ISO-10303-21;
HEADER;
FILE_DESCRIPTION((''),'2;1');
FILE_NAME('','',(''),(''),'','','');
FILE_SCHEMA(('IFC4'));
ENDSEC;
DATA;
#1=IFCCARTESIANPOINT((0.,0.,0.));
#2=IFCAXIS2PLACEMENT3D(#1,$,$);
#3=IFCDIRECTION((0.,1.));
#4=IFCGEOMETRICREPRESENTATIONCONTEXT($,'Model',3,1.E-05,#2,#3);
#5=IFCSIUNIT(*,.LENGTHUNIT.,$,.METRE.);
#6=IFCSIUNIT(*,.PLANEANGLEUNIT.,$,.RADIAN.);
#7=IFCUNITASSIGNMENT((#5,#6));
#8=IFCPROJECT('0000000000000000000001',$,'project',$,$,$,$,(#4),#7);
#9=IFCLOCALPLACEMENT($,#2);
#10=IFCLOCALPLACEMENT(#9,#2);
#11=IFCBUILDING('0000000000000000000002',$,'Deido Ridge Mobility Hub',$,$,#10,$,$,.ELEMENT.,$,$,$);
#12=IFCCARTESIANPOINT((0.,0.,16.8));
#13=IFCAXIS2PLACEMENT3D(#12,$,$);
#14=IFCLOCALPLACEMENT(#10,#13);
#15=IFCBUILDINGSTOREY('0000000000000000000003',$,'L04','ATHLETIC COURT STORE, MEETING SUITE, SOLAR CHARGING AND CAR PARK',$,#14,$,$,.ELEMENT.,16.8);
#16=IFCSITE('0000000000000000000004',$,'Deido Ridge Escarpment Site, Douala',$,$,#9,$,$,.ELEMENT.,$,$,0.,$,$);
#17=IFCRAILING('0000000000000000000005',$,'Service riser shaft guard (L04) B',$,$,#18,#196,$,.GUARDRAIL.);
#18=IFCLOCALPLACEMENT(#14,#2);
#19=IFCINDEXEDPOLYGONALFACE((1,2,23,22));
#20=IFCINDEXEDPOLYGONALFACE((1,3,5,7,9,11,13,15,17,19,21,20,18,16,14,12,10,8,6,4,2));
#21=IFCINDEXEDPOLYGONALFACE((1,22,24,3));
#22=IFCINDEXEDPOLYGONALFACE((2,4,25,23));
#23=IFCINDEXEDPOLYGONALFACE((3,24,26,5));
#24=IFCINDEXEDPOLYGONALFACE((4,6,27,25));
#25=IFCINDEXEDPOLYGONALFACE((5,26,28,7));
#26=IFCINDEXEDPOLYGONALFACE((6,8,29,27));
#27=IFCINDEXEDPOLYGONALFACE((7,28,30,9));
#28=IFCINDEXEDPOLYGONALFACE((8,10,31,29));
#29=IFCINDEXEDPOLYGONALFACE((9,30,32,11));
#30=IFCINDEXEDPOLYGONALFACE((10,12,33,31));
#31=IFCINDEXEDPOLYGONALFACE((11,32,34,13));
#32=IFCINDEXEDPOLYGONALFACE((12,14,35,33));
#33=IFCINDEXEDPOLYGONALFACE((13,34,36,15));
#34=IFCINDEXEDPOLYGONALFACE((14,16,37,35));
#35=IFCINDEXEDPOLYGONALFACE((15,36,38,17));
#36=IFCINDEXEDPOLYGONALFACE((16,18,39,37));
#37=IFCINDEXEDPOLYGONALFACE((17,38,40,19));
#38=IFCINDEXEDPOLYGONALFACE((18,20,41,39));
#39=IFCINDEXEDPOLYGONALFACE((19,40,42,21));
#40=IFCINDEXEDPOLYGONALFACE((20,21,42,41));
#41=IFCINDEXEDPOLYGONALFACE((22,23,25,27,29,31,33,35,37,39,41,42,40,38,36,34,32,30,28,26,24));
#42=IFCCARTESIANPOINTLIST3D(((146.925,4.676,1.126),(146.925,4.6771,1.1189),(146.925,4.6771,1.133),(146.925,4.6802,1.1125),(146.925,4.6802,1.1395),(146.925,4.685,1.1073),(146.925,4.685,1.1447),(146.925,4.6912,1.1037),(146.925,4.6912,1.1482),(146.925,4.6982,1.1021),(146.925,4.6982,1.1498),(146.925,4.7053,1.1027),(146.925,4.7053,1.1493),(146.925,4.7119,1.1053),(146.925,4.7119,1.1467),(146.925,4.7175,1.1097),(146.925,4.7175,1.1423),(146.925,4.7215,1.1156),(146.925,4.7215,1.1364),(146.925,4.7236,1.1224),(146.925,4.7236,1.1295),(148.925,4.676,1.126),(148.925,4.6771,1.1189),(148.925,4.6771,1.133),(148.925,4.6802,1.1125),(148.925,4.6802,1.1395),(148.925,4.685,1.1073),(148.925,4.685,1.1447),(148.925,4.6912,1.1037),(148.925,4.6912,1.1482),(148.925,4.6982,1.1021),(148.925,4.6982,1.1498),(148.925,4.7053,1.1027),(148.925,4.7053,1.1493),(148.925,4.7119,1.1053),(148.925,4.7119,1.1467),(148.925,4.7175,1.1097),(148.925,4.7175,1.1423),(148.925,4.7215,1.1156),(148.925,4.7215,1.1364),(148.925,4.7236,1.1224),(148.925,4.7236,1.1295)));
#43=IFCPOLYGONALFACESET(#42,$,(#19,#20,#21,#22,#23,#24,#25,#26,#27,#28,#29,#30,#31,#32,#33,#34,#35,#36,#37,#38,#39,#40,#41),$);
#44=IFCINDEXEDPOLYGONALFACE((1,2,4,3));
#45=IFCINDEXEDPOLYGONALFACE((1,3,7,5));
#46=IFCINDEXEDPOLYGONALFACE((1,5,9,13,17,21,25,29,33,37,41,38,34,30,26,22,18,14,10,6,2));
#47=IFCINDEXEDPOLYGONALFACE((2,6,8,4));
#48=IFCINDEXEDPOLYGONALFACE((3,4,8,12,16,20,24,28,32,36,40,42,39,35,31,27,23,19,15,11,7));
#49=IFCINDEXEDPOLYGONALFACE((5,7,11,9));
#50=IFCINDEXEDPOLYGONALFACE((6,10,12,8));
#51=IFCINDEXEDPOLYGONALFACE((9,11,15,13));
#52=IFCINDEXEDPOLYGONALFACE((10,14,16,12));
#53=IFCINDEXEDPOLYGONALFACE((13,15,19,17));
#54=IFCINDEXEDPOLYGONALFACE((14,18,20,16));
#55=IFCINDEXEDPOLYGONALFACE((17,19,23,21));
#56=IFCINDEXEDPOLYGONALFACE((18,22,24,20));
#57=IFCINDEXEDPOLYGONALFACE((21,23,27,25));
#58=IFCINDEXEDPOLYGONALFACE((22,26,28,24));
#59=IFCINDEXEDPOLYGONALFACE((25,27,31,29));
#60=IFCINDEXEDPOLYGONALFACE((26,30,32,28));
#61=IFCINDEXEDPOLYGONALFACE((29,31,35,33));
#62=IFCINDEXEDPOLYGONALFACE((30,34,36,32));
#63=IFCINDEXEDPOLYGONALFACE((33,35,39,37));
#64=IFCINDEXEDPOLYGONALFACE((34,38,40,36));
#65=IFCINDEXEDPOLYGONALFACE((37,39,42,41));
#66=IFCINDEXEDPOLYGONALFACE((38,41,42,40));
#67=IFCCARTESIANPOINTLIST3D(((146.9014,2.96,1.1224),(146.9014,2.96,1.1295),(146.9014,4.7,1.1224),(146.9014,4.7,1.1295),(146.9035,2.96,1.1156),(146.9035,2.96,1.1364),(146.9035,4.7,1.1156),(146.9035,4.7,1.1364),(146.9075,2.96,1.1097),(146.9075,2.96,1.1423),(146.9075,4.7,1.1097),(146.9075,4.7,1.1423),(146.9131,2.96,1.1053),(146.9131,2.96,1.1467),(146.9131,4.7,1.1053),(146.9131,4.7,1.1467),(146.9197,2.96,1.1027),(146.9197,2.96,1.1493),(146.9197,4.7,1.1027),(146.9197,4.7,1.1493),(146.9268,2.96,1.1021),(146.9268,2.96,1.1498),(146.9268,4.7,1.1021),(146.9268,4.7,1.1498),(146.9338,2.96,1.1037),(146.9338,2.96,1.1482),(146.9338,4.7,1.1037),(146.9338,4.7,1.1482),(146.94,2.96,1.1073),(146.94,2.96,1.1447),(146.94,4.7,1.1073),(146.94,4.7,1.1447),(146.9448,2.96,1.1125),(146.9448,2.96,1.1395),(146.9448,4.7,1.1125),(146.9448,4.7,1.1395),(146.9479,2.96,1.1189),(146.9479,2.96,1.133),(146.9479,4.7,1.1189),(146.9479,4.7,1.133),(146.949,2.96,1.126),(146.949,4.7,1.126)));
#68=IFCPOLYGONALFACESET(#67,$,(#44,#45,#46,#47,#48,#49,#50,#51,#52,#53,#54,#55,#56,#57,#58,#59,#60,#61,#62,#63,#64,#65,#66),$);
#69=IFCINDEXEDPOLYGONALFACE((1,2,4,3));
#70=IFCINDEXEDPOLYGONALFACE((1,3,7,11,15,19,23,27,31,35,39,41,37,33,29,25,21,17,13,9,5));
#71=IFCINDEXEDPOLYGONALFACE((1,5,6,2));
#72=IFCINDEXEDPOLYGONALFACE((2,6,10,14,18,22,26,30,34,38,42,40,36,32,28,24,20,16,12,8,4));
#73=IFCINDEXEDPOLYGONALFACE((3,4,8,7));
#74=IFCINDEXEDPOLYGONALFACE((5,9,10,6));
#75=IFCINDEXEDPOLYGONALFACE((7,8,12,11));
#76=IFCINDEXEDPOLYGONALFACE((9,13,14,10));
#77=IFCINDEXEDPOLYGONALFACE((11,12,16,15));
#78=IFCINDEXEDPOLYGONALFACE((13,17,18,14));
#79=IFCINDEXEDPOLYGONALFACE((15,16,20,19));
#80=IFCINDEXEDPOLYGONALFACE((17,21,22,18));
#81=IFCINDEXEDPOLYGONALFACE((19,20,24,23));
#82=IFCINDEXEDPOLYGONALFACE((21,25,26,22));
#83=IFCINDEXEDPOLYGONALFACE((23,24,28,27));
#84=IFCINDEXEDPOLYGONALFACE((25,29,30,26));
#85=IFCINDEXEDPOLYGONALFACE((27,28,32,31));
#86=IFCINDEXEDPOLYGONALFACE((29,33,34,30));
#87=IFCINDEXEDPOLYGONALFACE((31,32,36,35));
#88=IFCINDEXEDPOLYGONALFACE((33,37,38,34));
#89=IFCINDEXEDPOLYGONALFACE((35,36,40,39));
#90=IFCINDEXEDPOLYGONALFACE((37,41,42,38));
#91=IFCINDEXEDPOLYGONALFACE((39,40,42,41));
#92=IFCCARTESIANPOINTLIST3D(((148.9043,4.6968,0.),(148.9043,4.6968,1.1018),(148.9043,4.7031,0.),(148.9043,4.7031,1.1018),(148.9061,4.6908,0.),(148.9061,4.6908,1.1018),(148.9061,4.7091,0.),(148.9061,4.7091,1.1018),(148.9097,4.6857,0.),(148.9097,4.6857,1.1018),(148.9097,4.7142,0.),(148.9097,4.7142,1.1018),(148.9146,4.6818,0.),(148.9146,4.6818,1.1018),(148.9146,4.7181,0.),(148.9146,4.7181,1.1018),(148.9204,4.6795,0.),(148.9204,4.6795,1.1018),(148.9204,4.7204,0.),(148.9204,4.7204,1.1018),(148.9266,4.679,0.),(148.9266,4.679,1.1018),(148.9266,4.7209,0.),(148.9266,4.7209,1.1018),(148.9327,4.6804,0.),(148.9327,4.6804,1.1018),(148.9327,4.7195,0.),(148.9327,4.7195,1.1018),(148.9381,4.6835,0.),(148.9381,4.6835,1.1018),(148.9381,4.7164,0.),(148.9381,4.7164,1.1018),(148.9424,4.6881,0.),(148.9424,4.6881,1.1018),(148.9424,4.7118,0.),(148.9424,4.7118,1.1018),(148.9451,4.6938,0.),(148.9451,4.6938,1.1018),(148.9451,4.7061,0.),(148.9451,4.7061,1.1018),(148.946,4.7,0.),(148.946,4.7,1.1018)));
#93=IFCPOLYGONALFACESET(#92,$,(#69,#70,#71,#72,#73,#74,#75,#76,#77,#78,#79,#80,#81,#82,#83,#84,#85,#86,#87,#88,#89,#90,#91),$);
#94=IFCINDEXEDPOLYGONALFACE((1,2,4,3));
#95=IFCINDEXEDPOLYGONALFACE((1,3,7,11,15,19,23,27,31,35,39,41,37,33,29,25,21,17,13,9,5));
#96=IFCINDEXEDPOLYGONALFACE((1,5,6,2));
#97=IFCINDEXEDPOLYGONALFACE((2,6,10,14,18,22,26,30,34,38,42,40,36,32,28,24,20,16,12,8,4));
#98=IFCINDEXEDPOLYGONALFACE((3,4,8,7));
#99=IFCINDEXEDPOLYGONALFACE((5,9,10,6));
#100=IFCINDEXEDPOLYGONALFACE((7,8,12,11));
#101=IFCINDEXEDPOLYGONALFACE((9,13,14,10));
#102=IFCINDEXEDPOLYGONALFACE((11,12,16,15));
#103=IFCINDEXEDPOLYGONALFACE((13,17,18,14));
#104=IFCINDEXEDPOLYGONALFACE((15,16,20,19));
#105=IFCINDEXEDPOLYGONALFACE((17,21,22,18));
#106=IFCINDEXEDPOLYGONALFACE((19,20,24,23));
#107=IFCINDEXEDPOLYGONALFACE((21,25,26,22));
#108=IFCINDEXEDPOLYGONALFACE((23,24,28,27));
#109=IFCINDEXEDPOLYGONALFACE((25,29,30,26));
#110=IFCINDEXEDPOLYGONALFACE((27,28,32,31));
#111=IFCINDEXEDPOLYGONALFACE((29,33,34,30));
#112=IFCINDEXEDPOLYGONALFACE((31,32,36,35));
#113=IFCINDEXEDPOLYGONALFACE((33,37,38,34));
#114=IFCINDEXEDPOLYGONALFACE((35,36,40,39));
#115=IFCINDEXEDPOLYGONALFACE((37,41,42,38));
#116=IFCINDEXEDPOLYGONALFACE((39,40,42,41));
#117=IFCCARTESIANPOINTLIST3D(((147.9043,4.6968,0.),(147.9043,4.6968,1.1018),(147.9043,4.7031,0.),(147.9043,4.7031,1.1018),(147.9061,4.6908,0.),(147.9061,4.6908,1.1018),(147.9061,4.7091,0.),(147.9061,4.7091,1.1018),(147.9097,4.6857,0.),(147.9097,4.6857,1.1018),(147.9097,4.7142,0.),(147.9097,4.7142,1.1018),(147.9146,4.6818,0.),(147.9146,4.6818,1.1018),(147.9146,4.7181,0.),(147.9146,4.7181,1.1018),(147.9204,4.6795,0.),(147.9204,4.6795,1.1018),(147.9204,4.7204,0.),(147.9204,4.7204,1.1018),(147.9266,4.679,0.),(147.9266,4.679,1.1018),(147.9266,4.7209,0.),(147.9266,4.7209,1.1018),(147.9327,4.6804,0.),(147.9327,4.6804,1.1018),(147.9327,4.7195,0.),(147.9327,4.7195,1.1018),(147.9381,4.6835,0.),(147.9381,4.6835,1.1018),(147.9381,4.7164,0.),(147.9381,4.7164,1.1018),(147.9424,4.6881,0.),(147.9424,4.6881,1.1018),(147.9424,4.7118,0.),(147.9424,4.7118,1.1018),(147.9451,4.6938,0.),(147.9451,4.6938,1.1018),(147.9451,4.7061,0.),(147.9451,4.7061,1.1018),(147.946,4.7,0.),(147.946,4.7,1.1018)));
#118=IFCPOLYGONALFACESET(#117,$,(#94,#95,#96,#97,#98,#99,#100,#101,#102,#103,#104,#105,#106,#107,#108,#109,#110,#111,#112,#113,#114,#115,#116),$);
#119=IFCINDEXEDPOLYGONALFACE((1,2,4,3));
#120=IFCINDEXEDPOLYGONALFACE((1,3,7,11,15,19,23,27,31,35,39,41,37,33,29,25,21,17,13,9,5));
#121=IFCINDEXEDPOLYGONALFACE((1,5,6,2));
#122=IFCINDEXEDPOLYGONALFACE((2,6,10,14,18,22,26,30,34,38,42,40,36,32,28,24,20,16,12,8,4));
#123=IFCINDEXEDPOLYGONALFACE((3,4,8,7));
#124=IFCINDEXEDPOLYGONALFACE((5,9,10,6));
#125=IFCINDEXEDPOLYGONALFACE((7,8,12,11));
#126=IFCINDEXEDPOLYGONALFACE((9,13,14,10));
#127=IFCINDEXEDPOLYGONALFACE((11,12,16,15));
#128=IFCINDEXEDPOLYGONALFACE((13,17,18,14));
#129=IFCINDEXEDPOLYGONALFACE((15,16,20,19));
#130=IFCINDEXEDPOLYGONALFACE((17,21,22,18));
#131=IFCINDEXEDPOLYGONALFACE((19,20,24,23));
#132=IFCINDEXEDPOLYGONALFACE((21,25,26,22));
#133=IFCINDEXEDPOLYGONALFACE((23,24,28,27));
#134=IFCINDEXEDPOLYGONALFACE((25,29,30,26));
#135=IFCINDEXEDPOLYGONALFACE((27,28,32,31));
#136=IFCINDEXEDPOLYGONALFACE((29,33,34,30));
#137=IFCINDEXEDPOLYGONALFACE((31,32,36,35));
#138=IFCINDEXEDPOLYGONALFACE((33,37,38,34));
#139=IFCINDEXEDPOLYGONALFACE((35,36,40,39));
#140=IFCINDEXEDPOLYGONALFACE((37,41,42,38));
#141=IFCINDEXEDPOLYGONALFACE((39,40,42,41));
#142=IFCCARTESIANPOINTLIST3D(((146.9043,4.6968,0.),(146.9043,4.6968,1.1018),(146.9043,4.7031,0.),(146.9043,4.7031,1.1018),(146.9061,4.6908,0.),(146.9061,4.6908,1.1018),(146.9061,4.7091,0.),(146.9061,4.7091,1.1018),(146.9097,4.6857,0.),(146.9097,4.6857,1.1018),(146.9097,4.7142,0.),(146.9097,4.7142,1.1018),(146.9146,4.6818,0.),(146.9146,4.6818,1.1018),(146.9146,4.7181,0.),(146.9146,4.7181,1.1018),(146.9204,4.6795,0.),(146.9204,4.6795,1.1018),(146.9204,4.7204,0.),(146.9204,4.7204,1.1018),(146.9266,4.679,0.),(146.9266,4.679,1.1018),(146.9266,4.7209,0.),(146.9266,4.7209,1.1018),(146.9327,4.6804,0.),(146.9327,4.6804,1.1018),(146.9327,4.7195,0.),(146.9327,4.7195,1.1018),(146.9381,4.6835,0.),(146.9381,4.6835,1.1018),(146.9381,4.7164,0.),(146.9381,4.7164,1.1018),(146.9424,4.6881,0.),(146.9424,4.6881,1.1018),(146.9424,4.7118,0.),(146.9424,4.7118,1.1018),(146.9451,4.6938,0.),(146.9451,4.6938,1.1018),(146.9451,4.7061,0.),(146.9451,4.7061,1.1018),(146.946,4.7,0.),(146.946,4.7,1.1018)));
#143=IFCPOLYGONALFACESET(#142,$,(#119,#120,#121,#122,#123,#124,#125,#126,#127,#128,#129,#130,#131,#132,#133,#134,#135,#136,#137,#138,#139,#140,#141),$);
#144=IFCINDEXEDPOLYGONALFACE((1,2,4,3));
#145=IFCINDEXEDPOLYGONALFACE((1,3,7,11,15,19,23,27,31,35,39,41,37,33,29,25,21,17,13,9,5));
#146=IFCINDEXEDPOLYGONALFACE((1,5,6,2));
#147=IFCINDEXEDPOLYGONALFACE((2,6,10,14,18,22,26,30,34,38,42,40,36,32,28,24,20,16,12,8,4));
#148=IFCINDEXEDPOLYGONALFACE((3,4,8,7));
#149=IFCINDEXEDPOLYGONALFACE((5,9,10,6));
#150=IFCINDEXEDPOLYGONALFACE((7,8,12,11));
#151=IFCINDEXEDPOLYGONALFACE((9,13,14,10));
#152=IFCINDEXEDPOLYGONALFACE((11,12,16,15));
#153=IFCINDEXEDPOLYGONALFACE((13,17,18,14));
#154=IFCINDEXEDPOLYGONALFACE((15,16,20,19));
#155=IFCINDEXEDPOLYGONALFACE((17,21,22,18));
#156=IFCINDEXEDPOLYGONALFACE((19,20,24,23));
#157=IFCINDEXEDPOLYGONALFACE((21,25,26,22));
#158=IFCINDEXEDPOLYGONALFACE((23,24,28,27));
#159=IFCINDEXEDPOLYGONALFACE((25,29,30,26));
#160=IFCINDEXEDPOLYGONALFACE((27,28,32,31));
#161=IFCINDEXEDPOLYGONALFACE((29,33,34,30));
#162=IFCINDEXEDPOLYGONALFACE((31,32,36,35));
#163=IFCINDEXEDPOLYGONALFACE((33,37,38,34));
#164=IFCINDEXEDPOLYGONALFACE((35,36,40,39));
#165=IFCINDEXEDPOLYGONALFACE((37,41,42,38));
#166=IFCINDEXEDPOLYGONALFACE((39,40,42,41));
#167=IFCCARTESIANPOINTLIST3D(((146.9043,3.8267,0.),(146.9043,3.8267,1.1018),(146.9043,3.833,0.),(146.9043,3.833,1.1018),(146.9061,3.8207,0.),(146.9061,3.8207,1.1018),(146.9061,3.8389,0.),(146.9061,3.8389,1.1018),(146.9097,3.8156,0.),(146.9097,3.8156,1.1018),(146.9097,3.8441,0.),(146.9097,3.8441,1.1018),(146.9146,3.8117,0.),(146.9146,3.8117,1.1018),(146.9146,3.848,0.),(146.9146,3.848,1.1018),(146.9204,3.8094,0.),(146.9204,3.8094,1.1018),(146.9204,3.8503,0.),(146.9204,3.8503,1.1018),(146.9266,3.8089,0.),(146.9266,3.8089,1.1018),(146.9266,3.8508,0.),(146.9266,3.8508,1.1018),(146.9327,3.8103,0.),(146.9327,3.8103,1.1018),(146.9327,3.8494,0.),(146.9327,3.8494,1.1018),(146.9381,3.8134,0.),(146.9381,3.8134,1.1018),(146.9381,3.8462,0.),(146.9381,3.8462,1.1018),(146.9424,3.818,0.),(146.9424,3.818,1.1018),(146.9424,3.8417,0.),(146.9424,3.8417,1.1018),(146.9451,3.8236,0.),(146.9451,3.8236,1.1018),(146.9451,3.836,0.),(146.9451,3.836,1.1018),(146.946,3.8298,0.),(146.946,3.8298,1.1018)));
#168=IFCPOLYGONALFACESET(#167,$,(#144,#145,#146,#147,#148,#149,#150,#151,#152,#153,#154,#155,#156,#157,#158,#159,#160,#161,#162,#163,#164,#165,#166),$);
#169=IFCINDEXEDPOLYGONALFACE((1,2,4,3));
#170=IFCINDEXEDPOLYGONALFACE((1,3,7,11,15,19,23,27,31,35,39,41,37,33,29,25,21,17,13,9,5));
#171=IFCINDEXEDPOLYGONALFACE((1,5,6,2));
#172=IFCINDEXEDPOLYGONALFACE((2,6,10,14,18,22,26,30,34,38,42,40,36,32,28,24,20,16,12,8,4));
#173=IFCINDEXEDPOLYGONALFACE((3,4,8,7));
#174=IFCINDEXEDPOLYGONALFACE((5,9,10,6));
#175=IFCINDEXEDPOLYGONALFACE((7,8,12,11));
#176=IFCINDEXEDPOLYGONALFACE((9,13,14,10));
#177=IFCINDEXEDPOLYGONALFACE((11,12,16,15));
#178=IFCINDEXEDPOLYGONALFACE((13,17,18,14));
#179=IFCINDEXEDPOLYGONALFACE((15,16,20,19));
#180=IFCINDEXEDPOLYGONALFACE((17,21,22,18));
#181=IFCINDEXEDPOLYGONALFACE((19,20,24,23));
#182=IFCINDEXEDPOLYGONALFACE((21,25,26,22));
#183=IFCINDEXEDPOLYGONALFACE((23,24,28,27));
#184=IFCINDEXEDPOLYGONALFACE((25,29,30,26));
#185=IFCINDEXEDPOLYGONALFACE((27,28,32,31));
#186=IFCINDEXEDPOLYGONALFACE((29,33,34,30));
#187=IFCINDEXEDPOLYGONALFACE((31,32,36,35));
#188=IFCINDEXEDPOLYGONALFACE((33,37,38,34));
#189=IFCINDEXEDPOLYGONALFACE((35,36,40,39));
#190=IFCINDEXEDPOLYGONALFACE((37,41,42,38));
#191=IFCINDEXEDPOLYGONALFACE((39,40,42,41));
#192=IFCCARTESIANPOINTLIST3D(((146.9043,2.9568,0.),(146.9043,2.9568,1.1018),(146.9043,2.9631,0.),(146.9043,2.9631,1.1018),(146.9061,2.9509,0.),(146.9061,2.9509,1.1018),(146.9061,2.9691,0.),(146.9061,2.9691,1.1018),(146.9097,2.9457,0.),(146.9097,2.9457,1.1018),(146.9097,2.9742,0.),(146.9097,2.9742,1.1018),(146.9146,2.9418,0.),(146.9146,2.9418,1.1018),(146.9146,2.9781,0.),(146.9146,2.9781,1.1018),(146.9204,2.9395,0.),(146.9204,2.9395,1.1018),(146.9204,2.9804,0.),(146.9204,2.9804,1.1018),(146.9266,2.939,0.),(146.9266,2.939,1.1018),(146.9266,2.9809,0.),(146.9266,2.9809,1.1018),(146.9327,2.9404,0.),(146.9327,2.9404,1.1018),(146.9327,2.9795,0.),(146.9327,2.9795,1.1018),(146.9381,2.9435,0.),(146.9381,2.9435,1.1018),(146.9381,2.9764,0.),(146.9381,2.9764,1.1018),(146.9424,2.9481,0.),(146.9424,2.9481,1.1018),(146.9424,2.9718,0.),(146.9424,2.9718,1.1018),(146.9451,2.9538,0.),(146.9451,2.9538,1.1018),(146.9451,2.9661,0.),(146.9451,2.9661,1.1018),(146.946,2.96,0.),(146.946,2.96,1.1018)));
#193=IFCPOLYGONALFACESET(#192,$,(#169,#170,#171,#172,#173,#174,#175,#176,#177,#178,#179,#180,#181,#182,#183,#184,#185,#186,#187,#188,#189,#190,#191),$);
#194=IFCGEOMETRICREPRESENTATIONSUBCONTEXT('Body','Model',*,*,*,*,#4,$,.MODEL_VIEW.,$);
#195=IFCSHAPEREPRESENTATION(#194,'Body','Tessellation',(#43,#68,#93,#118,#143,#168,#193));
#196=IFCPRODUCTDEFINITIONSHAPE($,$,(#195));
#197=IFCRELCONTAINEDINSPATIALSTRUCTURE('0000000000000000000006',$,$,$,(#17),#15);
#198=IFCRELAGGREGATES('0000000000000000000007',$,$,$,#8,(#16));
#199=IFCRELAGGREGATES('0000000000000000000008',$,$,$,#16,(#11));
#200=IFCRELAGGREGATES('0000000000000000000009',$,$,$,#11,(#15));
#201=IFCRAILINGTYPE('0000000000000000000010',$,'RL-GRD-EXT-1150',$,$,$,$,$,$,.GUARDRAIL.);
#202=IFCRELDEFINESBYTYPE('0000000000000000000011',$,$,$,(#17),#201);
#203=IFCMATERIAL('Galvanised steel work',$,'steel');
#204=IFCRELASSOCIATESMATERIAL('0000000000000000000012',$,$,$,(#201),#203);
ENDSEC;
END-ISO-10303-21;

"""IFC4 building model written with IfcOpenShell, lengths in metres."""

from ifc_helpers import new_model, si_unit, direction, frame, origin, origin_2d, place, context, subcontext, project, spatial, circle, extrude, material, type_object, element, save


model = new_model("IFC4")

# Units and contexts
model_context = context("Model", 3, precision=1e-05, world=origin(), true_north=direction((0.0, 1.0)))
body_context = subcontext(model_context, "Body", "Model", "MODEL_VIEW")
ifc_project = project(units=[si_unit("LENGTHUNIT", "METRE"), si_unit("PLANEANGLEUNIT", "RADIAN")], contexts=[model_context])

# Site, building, storey
site_placement = place(None, origin())
site = spatial("IfcSite", under=ifc_project, at=site_placement, Name="Deido Ridge Escarpment Site, Douala", CompositionType="ELEMENT", RefElevation=0.0)
building_placement = place(site_placement, origin())
building = spatial("IfcBuilding", under=site, at=building_placement, Name="Deido Ridge Mobility Hub", CompositionType="ELEMENT")
storey_placement = place(building_placement, frame((0.0, 0.0, 16.8)))
storey = spatial("IfcBuildingStorey", under=building, at=storey_placement, Name="L04", Description="ATHLETIC COURT STORE, MEETING SUITE, SOLAR CHARGING AND CAR PARK", CompositionType="ELEMENT", Elevation=16.8)

# Railing
ifc_material_1 = material(Name="Galvanised steel work", Category="steel")
railing_type = type_object("IfcRailingType", Name="RL-GRD-EXT-1150", PredefinedType="GUARDRAIL", material=ifc_material_1)
railing_1_placement = place(storey_placement, frame((148.925, 4.7, 0.0)))
element("IfcRailing", 1, at=railing_1_placement, inside=storey, type_object=railing_type, Name="Service riser shaft guard (L04) B", PredefinedType="GUARDRAIL", context=body_context, shape_type="SweptSolid", body=[
    extrude(circle(Radius=0.0239, at=origin_2d()), frame((0.0, 0.0, 1.126), z_axis=(-1.0, 0.0, 0.0), x_axis=(0.0, -1.0, 0.0)), (0.0, 0.0, 1.0), 2.0),
    extrude(circle(Radius=0.0239, at=origin_2d()), frame((-2.0, 0.0, 1.126), z_axis=(0.0, -1.0, 0.0), x_axis=(1.0, 0.0, 0.0)), (0.0, 0.0, 1.0), 1.74),
    extrude(circle(Radius=0.021, at=origin_2d()), origin(), (0.0, 0.0, 1.0), 1.1018),
    extrude(circle(Radius=0.021, at=origin_2d()), frame((-1.0, 0.0, 0.0)), (0.0, 0.0, 1.0), 1.1018),
    extrude(circle(Radius=0.021, at=origin_2d()), frame((-2.0, 0.0, 0.0)), (0.0, 0.0, 1.0), 1.1018),
    extrude(circle(Radius=0.021, at=origin_2d()), frame((-2.0, -0.8701, 0.0)), (0.0, 0.0, 1.0), 1.1018),
    extrude(circle(Radius=0.021, at=origin_2d()), frame((-2.0, -1.74, 0.0)), (0.0, 0.0, 1.0), 1.1018),
])

save(model, "model.ifc")
